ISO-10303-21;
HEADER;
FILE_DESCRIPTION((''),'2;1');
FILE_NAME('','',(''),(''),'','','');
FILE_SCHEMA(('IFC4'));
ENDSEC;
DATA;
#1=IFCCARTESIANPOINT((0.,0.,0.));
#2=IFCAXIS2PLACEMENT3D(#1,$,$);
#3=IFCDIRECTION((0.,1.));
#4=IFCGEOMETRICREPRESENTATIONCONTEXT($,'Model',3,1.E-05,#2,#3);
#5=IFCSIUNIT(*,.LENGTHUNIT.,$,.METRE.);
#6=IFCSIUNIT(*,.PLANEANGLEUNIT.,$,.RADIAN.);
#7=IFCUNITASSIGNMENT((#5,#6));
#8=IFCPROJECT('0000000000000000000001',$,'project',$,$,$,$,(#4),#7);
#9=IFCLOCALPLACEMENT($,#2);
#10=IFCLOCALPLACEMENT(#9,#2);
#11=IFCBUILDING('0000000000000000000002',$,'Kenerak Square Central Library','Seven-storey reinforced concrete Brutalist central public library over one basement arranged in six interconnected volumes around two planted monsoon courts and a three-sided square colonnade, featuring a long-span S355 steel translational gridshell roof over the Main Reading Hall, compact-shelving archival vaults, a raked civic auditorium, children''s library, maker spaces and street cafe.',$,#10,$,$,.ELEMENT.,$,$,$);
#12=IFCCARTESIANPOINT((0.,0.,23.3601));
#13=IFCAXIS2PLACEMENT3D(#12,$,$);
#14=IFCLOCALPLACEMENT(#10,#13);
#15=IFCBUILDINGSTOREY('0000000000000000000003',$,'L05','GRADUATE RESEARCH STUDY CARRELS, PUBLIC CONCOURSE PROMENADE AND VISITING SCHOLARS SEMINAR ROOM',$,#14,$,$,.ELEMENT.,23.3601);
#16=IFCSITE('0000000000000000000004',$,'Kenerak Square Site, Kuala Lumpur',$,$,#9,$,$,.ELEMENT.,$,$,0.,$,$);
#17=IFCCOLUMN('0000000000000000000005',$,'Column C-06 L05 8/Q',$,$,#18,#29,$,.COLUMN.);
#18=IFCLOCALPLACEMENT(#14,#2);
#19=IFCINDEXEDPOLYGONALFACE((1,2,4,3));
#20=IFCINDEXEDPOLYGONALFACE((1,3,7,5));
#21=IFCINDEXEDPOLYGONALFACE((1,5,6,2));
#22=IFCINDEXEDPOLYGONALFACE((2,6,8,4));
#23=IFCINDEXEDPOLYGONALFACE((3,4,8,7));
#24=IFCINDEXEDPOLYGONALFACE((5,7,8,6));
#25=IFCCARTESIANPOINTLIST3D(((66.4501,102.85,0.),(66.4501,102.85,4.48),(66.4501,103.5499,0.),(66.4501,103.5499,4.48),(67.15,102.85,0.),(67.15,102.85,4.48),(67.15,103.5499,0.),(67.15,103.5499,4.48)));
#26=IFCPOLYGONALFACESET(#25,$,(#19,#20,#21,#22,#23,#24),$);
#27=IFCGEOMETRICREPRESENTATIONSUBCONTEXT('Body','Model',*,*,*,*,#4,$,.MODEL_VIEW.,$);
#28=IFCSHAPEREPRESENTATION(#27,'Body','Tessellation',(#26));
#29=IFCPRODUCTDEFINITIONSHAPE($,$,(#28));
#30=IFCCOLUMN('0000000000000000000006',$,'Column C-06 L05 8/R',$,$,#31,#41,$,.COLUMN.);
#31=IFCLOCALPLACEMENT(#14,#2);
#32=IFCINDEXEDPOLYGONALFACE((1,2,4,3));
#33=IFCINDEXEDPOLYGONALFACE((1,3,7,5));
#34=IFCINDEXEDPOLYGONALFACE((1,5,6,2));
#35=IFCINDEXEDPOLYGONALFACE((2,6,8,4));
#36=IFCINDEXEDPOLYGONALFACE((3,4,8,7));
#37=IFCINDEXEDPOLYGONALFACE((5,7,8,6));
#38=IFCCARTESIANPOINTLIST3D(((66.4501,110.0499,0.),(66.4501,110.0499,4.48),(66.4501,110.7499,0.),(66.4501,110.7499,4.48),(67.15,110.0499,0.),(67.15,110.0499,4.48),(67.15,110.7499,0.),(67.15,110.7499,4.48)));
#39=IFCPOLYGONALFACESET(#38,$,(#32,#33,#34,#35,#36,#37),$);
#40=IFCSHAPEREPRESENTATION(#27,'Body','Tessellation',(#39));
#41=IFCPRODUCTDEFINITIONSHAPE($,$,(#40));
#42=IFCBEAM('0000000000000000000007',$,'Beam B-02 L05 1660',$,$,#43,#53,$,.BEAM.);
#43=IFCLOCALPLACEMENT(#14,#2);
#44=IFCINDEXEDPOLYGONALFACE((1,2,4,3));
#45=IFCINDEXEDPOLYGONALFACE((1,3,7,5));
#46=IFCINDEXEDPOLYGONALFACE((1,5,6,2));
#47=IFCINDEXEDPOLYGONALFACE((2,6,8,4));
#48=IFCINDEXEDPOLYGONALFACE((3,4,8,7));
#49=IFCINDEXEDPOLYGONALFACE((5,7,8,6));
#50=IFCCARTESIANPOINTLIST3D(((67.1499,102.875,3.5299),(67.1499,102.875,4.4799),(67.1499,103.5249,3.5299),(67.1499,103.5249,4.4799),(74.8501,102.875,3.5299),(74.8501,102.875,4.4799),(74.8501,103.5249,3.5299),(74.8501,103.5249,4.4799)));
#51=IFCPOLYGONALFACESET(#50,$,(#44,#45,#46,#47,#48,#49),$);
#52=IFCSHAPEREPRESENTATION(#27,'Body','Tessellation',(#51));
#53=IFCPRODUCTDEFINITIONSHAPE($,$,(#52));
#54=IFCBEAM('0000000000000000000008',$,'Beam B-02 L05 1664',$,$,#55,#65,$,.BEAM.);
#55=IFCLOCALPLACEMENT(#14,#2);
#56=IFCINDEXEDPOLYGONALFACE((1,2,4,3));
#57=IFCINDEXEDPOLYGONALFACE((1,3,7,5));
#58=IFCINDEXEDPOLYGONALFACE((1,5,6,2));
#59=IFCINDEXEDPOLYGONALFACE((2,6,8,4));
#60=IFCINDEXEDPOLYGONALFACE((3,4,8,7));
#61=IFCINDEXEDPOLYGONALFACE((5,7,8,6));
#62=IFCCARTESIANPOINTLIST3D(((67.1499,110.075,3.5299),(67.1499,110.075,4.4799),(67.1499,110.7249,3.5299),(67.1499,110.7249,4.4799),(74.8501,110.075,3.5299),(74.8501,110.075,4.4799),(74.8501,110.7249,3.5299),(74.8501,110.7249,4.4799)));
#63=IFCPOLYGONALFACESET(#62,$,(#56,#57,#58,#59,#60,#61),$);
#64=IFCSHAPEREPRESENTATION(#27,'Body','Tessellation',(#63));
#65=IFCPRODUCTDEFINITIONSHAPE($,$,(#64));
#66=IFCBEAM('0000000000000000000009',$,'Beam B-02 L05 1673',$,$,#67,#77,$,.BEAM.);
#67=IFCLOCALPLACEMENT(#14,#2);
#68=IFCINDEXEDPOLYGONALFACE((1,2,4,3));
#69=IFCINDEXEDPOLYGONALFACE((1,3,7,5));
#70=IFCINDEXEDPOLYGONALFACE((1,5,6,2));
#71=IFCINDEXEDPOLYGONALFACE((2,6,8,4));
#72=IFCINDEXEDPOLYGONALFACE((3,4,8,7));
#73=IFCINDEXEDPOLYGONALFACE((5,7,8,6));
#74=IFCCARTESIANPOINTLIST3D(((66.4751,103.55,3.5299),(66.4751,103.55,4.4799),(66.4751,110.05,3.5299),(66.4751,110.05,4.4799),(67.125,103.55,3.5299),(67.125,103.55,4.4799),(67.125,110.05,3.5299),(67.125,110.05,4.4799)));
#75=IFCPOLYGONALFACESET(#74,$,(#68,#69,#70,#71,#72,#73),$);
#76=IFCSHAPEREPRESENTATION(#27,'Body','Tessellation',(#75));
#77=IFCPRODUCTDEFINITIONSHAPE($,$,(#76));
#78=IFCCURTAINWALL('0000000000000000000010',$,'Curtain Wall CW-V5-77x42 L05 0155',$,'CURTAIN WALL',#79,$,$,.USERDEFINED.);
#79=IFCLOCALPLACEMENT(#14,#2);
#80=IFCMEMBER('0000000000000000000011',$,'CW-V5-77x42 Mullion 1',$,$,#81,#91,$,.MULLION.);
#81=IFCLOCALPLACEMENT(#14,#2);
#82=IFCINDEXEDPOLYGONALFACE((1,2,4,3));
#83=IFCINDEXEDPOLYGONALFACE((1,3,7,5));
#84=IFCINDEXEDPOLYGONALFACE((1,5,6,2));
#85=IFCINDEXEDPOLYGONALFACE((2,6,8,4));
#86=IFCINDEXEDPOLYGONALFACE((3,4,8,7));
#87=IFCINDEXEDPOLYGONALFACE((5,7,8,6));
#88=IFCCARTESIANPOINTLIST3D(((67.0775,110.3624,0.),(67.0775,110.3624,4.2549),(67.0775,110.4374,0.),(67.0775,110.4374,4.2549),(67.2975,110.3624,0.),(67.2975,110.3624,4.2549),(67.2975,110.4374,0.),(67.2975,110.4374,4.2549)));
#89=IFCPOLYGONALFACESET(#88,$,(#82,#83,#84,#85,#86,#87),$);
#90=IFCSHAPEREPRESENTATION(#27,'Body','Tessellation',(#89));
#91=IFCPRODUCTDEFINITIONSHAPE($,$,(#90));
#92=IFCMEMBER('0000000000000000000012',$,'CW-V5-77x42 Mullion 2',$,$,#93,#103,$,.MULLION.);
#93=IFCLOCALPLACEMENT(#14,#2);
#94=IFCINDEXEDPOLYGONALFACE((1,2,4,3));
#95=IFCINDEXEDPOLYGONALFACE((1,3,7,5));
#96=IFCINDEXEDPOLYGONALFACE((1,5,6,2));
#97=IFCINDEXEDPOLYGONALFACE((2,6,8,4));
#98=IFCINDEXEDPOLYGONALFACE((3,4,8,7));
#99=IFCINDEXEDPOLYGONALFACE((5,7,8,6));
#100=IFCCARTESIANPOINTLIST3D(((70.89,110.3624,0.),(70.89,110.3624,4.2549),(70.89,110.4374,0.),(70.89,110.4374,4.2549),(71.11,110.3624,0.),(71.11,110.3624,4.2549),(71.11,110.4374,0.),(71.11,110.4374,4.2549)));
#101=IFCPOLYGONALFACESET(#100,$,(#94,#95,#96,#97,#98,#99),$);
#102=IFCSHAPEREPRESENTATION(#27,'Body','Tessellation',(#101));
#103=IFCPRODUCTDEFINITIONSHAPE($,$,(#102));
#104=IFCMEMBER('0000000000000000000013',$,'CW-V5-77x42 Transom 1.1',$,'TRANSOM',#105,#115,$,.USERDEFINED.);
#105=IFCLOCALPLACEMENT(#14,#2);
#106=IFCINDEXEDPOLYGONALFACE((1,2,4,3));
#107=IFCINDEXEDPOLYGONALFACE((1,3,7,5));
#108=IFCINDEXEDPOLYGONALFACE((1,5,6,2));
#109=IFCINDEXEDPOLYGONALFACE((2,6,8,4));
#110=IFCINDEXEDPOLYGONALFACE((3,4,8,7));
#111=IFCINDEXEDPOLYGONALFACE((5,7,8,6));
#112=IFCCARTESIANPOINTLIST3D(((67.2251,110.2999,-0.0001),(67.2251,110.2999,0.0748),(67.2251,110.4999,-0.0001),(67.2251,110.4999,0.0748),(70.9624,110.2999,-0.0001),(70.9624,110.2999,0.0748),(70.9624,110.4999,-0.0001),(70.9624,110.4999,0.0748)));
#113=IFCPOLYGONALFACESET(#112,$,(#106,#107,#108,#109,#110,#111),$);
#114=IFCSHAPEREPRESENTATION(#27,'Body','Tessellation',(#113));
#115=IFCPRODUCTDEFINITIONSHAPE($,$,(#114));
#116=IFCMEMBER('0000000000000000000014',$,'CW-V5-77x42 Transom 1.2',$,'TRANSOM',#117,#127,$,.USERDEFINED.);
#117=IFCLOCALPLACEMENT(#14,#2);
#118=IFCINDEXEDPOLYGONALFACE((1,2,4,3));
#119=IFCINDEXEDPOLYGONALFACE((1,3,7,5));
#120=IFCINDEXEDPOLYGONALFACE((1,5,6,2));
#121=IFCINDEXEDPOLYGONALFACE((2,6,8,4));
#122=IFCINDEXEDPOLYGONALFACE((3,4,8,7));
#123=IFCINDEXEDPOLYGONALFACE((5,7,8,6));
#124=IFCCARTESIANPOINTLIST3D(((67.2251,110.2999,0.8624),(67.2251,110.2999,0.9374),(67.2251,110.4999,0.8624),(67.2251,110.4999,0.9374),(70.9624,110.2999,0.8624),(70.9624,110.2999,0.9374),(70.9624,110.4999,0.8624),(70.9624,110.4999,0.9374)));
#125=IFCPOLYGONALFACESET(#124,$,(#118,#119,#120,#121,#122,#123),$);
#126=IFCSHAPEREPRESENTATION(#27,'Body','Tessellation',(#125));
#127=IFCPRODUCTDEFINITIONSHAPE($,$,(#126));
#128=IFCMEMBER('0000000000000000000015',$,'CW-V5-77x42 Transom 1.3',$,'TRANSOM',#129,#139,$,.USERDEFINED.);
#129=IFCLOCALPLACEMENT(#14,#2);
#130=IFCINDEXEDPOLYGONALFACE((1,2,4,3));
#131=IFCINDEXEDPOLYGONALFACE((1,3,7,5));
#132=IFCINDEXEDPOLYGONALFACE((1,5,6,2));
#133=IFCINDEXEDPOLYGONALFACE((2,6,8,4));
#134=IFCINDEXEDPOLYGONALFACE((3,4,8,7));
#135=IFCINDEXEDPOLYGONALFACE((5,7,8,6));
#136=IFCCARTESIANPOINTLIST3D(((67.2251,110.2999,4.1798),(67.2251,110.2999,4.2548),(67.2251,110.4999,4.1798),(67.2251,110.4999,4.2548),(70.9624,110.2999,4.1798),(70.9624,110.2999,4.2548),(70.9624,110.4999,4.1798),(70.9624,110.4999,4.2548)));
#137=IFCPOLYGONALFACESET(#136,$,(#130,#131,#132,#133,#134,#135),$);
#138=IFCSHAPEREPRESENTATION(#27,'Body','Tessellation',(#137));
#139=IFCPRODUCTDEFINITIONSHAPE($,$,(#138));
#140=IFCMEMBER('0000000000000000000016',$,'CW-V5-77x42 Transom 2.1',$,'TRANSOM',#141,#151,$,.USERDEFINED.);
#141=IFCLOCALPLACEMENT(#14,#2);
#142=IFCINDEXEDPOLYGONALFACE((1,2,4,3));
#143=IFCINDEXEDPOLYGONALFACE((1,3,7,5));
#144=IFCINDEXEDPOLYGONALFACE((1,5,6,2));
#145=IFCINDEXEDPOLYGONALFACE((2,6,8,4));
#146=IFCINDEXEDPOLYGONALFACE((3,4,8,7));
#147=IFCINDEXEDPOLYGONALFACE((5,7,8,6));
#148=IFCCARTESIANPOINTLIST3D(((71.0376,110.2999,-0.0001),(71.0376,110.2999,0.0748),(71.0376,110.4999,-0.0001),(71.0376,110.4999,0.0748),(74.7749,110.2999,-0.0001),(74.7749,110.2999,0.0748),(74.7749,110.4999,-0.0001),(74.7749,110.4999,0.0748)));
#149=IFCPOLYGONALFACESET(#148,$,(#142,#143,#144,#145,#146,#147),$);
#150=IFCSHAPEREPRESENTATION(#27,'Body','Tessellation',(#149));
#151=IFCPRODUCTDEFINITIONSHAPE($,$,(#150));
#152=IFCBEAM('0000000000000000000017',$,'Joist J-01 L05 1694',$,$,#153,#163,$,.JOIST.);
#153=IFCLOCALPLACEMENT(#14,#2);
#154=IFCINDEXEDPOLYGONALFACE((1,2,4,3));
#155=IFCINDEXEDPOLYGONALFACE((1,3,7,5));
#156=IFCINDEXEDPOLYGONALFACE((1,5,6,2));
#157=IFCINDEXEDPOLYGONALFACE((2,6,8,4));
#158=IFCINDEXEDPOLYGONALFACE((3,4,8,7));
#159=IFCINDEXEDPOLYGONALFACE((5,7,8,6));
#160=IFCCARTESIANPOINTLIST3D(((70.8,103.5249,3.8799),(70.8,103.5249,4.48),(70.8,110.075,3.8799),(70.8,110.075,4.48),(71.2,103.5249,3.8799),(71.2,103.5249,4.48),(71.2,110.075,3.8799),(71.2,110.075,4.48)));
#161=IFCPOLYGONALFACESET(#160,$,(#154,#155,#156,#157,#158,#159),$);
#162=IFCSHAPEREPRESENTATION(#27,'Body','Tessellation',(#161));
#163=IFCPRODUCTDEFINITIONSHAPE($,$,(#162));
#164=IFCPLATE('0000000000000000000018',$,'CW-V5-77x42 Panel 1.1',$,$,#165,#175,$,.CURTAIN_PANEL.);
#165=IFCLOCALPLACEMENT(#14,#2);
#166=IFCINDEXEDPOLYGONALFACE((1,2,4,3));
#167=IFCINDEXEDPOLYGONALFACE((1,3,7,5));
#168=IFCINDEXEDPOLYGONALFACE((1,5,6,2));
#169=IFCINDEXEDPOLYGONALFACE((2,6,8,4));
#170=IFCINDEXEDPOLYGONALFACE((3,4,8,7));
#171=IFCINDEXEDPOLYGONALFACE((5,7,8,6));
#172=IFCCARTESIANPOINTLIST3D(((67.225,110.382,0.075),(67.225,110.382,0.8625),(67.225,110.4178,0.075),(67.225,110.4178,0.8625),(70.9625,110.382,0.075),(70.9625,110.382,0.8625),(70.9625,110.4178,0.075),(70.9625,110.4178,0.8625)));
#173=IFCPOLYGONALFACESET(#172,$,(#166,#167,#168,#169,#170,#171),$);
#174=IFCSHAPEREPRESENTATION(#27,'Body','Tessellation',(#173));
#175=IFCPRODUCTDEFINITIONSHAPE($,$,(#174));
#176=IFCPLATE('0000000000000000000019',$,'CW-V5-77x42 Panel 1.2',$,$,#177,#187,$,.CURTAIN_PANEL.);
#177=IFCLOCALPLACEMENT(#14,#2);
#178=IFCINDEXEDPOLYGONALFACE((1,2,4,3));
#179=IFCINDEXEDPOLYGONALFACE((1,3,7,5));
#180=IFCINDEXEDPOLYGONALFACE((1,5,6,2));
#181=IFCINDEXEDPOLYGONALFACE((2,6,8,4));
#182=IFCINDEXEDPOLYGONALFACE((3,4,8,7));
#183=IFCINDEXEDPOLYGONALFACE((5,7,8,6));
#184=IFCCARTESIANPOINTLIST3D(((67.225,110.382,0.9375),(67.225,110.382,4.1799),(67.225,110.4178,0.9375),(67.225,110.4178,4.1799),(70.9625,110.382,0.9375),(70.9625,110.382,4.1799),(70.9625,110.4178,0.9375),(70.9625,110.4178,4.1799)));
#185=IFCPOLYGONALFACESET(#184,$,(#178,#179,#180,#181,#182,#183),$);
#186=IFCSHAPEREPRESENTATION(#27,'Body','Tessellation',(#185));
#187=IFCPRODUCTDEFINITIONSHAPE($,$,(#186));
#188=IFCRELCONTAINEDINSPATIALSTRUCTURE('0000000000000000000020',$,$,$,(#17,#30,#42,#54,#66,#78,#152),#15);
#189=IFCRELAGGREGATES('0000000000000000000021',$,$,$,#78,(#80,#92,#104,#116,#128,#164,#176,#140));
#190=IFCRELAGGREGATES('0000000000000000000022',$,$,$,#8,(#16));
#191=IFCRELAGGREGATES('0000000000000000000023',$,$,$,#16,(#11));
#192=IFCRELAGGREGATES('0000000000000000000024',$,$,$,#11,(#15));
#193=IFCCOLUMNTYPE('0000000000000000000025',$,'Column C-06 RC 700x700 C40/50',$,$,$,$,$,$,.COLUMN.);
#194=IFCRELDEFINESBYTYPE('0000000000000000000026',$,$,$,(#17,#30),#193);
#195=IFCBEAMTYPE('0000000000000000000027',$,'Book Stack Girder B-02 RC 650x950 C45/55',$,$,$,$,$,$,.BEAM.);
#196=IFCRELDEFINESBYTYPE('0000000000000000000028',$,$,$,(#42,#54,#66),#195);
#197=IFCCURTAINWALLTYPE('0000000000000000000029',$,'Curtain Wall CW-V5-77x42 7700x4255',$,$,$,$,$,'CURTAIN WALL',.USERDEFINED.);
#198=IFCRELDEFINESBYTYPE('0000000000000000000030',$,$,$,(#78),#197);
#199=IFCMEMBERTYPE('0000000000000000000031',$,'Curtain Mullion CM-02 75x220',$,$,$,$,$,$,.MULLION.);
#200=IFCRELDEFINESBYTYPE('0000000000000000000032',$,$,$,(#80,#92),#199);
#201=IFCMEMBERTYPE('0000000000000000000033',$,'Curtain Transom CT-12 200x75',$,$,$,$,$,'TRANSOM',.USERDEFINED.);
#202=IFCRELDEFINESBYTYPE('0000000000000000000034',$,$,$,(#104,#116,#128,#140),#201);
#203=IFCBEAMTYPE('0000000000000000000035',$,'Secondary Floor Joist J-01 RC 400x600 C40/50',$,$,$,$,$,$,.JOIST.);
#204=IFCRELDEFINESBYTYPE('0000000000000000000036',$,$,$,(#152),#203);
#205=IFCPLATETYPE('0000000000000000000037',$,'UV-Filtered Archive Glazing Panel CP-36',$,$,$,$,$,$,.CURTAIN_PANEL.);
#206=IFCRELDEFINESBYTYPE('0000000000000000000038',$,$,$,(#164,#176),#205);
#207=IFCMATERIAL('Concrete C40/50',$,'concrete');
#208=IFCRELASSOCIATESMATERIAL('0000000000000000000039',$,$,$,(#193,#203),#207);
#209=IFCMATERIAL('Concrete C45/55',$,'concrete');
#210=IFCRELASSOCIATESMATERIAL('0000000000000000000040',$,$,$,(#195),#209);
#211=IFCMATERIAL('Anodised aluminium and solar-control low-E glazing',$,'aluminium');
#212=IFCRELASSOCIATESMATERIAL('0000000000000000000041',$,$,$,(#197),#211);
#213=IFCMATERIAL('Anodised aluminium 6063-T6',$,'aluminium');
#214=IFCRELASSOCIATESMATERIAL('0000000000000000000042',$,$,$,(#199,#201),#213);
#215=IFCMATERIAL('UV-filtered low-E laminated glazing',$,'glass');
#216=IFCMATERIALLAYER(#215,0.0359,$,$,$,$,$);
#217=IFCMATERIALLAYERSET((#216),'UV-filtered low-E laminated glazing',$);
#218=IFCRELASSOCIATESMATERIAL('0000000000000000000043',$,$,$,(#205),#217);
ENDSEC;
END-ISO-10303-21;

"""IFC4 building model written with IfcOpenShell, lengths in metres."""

from ifc_helpers import new_model, si_unit, direction, frame, origin, origin_2d, place, context, subcontext, project, spatial, rectangle, extrude, material, layer, layer_set, material_profile, profile_set, type_object, element, aggregate, save


model = new_model("IFC4")

# Units and contexts
model_context = context("Model", 3, precision=1e-05, world=origin(), true_north=direction((0.0, 1.0)))
body_context = subcontext(model_context, "Body", "Model", "MODEL_VIEW")
ifc_project = project(units=[si_unit("LENGTHUNIT", "METRE"), si_unit("PLANEANGLEUNIT", "RADIAN")], contexts=[model_context])

# Site, building, storey
site_placement = place(None, origin())
site = spatial("IfcSite", under=ifc_project, at=site_placement, Name="Kenerak Square Site, Kuala Lumpur", CompositionType="ELEMENT", RefElevation=0.0)
building_placement = place(site_placement, origin())
building = spatial("IfcBuilding", under=site, at=building_placement, Name="Kenerak Square Central Library", Description="Seven-storey reinforced concrete Brutalist central public library over one basement arranged in six interconnected volumes around two planted monsoon courts and a three-sided square colonnade, featuring a long-span S355 steel translational gridshell roof over the Main Reading Hall, compact-shelving archival vaults, a raked civic auditorium, children's library, maker spaces and street cafe.", CompositionType="ELEMENT")
storey_placement = place(building_placement, frame((0.0, 0.0, 23.3601)))
storey = spatial("IfcBuildingStorey", under=building, at=storey_placement, Name="L05", Description="GRADUATE RESEARCH STUDY CARRELS, PUBLIC CONCOURSE PROMENADE AND VISITING SCHOLARS SEMINAR ROOM", CompositionType="ELEMENT", Elevation=23.3601)

# Columns
ifc_material_1 = material(Name="Concrete C40/50", Category="concrete")
ifc_material_profile_1 = material_profile(ifc_material_1, rectangle(XDim=0.7, YDim=0.7, at=origin_2d()), Name="RC 700x700")
ifc_profile_set_1 = profile_set([ifc_material_profile_1], Name="Concrete C40/50")
column_type = type_object("IfcColumnType", Name="Column C-06 RC 700x700 C40/50", PredefinedType="COLUMN", material=ifc_profile_set_1)
for number, where, z_axis, x_axis, name in (
    (1, (66.8, 103.2, 0.0), (0.0, 0.0, 1.0), (1.0, 0.0, 0.0), "Column C-06 L05 8/Q"),
    (2, (66.8, 110.3999, 0.0), (0.0, 0.0, 1.0), (1.0, 0.0, 0.0), "Column C-06 L05 8/R"),
):
    element("IfcColumn", number, at=place(storey_placement, frame(where, z_axis=z_axis, x_axis=x_axis)), inside=storey, type_object=column_type, Name=name, PredefinedType="COLUMN", context=body_context, shape_type="SweptSolid", body=[
        extrude(rectangle(XDim=0.7, YDim=0.7, at=origin_2d()), origin(), (0.0, 0.0, 1.0), 4.48),
    ])

# Beams
ifc_material_2 = material(Name="Concrete C45/55", Category="concrete")
ifc_material_profile_2 = material_profile(ifc_material_2, rectangle(XDim=0.6499, YDim=0.95, at=origin_2d()), Name="RC 650x950")
ifc_profile_set_2 = profile_set([ifc_material_profile_2], Name="Concrete C45/55")
beam_type_1 = type_object("IfcBeamType", Name="Book Stack Girder B-02 RC 650x950 C45/55", PredefinedType="BEAM", material=ifc_profile_set_2)
for number, where, z_axis, x_axis, name in (
    (3, (67.1499, 103.2, 4.0049), (1.0, 0.0, 0.0), (0.0, 1.0, 0.0), "Beam B-02 L05 1660"),
    (4, (67.1499, 110.3999, 4.0049), (1.0, 0.0, 0.0), (0.0, 1.0, 0.0), "Beam B-02 L05 1664"),
):
    element("IfcBeam", number, at=place(storey_placement, frame(where, z_axis=z_axis, x_axis=x_axis)), inside=storey, type_object=beam_type_1, Name=name, PredefinedType="BEAM", context=body_context, shape_type="SweptSolid", body=[
        extrude(rectangle(XDim=0.6499, YDim=0.95, at=origin_2d()), origin(), (0.0, 0.0, 1.0), 7.7002),
    ])
beam_1_placement = place(storey_placement, frame((66.8, 103.55, 4.0049), z_axis=(0.0, 1.0, 0.0), x_axis=(-1.0, 0.0, 0.0)))
element("IfcBeam", 5, at=beam_1_placement, inside=storey, type_object=beam_type_1, Name="Beam B-02 L05 1673", PredefinedType="BEAM", context=body_context, shape_type="SweptSolid", body=[
    extrude(rectangle(XDim=0.6499, YDim=0.95, at=origin_2d()), origin(), (0.0, 0.0, 1.0), 6.5),
])

# Curtain wall, members
ifc_material_3 = material(Name="Anodised aluminium and solar-control low-E glazing", Category="aluminium")
curtain_wall_type = type_object("IfcCurtainWallType", Name="Curtain Wall CW-V5-77x42 7700x4255", ElementType="CURTAIN WALL", PredefinedType="USERDEFINED", material=ifc_material_3)
curtain_wall_placement = place(storey_placement, origin())
curtain_wall = element("IfcCurtainWall", 6, at=curtain_wall_placement, inside=storey, type_object=curtain_wall_type, Name="Curtain Wall CW-V5-77x42 L05 0155", ObjectType="CURTAIN WALL", PredefinedType="USERDEFINED")
ifc_material_4 = material(Name="Anodised aluminium 6063-T6", Category="aluminium")
ifc_material_profile_3 = material_profile(ifc_material_4, rectangle(XDim=0.075, YDim=0.22, at=origin_2d()), Name="AL MULLION 75x220")
ifc_profile_set_3 = profile_set([ifc_material_profile_3], Name="Anodised aluminium 6063-T6")
member_type_1 = type_object("IfcMemberType", Name="Curtain Mullion CM-02 75x220", PredefinedType="MULLION", material=ifc_profile_set_3)
member_1_placement = place(storey_placement, frame((67.1875, 110.3999, 0.0), z_axis=(0.0, 0.0, 1.0), x_axis=(0.0, 1.0, 0.0)))
member_1 = element("IfcMember", 7, at=member_1_placement, type_object=member_type_1, Name="CW-V5-77x42 Mullion 1", PredefinedType="MULLION", context=body_context, shape_type="SweptSolid", body=[
    extrude(rectangle(XDim=0.075, YDim=0.22, at=origin_2d()), origin(), (0.0, 0.0, 1.0), 4.2549),
])
member_2_placement = place(storey_placement, frame((71.0, 110.3999, 0.0), z_axis=(0.0, 0.0, 1.0), x_axis=(0.0, 1.0, 0.0)))
member_2 = element("IfcMember", 8, at=member_2_placement, type_object=member_type_1, Name="CW-V5-77x42 Mullion 2", PredefinedType="MULLION", context=body_context, shape_type="SweptSolid", body=[
    extrude(rectangle(XDim=0.075, YDim=0.22, at=origin_2d()), origin(), (0.0, 0.0, 1.0), 4.2549),
])
ifc_material_profile_4 = material_profile(ifc_material_4, rectangle(XDim=0.2, YDim=0.075, at=origin_2d()), Name="AL TRANSOM 200x75")
ifc_profile_set_4 = profile_set([ifc_material_profile_4], Name="Anodised aluminium 6063-T6")
member_type_2 = type_object("IfcMemberType", Name="Curtain Transom CT-12 200x75", ElementType="TRANSOM", PredefinedType="USERDEFINED", material=ifc_profile_set_4)
member_3_placement = place(storey_placement, frame((67.2251, 110.3999, 0.0374), z_axis=(1.0, 0.0, 0.0), x_axis=(0.0, 1.0, 0.0)))
member_3 = element("IfcMember", 9, at=member_3_placement, type_object=member_type_2, Name="CW-V5-77x42 Transom 1.1", ObjectType="TRANSOM", PredefinedType="USERDEFINED", context=body_context, shape_type="SweptSolid", body=[
    extrude(rectangle(XDim=0.2, YDim=0.075, at=origin_2d()), origin(), (0.0, 0.0, 1.0), 3.7373),
])
member_4_placement = place(storey_placement, frame((67.2251, 110.3999, 0.8999), z_axis=(1.0, 0.0, 0.0), x_axis=(0.0, 1.0, 0.0)))
member_4 = element("IfcMember", 10, at=member_4_placement, type_object=member_type_2, Name="CW-V5-77x42 Transom 1.2", ObjectType="TRANSOM", PredefinedType="USERDEFINED", context=body_context, shape_type="SweptSolid", body=[
    extrude(rectangle(XDim=0.2, YDim=0.075, at=origin_2d()), origin(), (0.0, 0.0, 1.0), 3.7373),
])
member_5_placement = place(storey_placement, frame((67.2251, 110.3999, 4.2173), z_axis=(1.0, 0.0, 0.0), x_axis=(0.0, 1.0, 0.0)))
member_5 = element("IfcMember", 11, at=member_5_placement, type_object=member_type_2, Name="CW-V5-77x42 Transom 1.3", ObjectType="TRANSOM", PredefinedType="USERDEFINED", context=body_context, shape_type="SweptSolid", body=[
    extrude(rectangle(XDim=0.2, YDim=0.075, at=origin_2d()), origin(), (0.0, 0.0, 1.0), 3.7373),
])
member_6_placement = place(storey_placement, frame((71.0376, 110.3999, 0.0374), z_axis=(1.0, 0.0, 0.0), x_axis=(0.0, 1.0, 0.0)))
member_6 = element("IfcMember", 12, at=member_6_placement, type_object=member_type_2, Name="CW-V5-77x42 Transom 2.1", ObjectType="TRANSOM", PredefinedType="USERDEFINED", context=body_context, shape_type="SweptSolid", body=[
    extrude(rectangle(XDim=0.2, YDim=0.075, at=origin_2d()), origin(), (0.0, 0.0, 1.0), 3.7373),
])

# Beam
ifc_material_profile_5 = material_profile(ifc_material_1, rectangle(XDim=0.3999, YDim=0.6001, at=origin_2d()), Name="RC 400x600")
ifc_profile_set_5 = profile_set([ifc_material_profile_5], Name="Concrete C40/50")
beam_type_2 = type_object("IfcBeamType", Name="Secondary Floor Joist J-01 RC 400x600 C40/50", PredefinedType="JOIST", material=ifc_profile_set_5)
beam_2_placement = place(storey_placement, frame((71.0, 103.5249, 4.1799), z_axis=(0.0, 1.0, 0.0), x_axis=(-1.0, 0.0, 0.0)))
element("IfcBeam", 13, at=beam_2_placement, inside=storey, type_object=beam_type_2, Name="Joist J-01 L05 1694", PredefinedType="JOIST", context=body_context, shape_type="SweptSolid", body=[
    extrude(rectangle(XDim=0.3999, YDim=0.6001, at=origin_2d()), origin(), (0.0, 0.0, 1.0), 6.55),
])

# Plates
ifc_material_5 = material(Name="UV-filtered low-E laminated glazing", Category="glass")
ifc_layer_1 = layer(ifc_material_5, 0.0359)
ifc_layer_set_1 = layer_set([ifc_layer_1], Name="UV-filtered low-E laminated glazing")
plate_type = type_object("IfcPlateType", Name="UV-Filtered Archive Glazing Panel CP-36", PredefinedType="CURTAIN_PANEL", material=ifc_layer_set_1)
plate_1_placement = place(storey_placement, frame((69.0938, 110.3999, 0.075), z_axis=(0.0, 0.0, 1.0), x_axis=(1.0, 0.0, 0.0)))
plate_1 = element("IfcPlate", 14, at=plate_1_placement, type_object=plate_type, Name="CW-V5-77x42 Panel 1.1", PredefinedType="CURTAIN_PANEL", context=body_context, shape_type="SweptSolid", body=[
    extrude(rectangle(XDim=3.7375, YDim=0.0359, at=origin_2d()), origin(), (0.0, 0.0, 1.0), 0.7876),
])
plate_2_placement = place(storey_placement, frame((69.0938, 110.3999, 0.9375), z_axis=(0.0, 0.0, 1.0), x_axis=(1.0, 0.0, 0.0)))
plate_2 = element("IfcPlate", 15, at=plate_2_placement, type_object=plate_type, Name="CW-V5-77x42 Panel 1.2", PredefinedType="CURTAIN_PANEL", context=body_context, shape_type="SweptSolid", body=[
    extrude(rectangle(XDim=3.7375, YDim=0.0359, at=origin_2d()), origin(), (0.0, 0.0, 1.0), 3.2424),
])
aggregate(curtain_wall, [member_1, member_2, member_3, member_4, member_5, plate_1, plate_2, member_6])

save(model, "model.ifc")
